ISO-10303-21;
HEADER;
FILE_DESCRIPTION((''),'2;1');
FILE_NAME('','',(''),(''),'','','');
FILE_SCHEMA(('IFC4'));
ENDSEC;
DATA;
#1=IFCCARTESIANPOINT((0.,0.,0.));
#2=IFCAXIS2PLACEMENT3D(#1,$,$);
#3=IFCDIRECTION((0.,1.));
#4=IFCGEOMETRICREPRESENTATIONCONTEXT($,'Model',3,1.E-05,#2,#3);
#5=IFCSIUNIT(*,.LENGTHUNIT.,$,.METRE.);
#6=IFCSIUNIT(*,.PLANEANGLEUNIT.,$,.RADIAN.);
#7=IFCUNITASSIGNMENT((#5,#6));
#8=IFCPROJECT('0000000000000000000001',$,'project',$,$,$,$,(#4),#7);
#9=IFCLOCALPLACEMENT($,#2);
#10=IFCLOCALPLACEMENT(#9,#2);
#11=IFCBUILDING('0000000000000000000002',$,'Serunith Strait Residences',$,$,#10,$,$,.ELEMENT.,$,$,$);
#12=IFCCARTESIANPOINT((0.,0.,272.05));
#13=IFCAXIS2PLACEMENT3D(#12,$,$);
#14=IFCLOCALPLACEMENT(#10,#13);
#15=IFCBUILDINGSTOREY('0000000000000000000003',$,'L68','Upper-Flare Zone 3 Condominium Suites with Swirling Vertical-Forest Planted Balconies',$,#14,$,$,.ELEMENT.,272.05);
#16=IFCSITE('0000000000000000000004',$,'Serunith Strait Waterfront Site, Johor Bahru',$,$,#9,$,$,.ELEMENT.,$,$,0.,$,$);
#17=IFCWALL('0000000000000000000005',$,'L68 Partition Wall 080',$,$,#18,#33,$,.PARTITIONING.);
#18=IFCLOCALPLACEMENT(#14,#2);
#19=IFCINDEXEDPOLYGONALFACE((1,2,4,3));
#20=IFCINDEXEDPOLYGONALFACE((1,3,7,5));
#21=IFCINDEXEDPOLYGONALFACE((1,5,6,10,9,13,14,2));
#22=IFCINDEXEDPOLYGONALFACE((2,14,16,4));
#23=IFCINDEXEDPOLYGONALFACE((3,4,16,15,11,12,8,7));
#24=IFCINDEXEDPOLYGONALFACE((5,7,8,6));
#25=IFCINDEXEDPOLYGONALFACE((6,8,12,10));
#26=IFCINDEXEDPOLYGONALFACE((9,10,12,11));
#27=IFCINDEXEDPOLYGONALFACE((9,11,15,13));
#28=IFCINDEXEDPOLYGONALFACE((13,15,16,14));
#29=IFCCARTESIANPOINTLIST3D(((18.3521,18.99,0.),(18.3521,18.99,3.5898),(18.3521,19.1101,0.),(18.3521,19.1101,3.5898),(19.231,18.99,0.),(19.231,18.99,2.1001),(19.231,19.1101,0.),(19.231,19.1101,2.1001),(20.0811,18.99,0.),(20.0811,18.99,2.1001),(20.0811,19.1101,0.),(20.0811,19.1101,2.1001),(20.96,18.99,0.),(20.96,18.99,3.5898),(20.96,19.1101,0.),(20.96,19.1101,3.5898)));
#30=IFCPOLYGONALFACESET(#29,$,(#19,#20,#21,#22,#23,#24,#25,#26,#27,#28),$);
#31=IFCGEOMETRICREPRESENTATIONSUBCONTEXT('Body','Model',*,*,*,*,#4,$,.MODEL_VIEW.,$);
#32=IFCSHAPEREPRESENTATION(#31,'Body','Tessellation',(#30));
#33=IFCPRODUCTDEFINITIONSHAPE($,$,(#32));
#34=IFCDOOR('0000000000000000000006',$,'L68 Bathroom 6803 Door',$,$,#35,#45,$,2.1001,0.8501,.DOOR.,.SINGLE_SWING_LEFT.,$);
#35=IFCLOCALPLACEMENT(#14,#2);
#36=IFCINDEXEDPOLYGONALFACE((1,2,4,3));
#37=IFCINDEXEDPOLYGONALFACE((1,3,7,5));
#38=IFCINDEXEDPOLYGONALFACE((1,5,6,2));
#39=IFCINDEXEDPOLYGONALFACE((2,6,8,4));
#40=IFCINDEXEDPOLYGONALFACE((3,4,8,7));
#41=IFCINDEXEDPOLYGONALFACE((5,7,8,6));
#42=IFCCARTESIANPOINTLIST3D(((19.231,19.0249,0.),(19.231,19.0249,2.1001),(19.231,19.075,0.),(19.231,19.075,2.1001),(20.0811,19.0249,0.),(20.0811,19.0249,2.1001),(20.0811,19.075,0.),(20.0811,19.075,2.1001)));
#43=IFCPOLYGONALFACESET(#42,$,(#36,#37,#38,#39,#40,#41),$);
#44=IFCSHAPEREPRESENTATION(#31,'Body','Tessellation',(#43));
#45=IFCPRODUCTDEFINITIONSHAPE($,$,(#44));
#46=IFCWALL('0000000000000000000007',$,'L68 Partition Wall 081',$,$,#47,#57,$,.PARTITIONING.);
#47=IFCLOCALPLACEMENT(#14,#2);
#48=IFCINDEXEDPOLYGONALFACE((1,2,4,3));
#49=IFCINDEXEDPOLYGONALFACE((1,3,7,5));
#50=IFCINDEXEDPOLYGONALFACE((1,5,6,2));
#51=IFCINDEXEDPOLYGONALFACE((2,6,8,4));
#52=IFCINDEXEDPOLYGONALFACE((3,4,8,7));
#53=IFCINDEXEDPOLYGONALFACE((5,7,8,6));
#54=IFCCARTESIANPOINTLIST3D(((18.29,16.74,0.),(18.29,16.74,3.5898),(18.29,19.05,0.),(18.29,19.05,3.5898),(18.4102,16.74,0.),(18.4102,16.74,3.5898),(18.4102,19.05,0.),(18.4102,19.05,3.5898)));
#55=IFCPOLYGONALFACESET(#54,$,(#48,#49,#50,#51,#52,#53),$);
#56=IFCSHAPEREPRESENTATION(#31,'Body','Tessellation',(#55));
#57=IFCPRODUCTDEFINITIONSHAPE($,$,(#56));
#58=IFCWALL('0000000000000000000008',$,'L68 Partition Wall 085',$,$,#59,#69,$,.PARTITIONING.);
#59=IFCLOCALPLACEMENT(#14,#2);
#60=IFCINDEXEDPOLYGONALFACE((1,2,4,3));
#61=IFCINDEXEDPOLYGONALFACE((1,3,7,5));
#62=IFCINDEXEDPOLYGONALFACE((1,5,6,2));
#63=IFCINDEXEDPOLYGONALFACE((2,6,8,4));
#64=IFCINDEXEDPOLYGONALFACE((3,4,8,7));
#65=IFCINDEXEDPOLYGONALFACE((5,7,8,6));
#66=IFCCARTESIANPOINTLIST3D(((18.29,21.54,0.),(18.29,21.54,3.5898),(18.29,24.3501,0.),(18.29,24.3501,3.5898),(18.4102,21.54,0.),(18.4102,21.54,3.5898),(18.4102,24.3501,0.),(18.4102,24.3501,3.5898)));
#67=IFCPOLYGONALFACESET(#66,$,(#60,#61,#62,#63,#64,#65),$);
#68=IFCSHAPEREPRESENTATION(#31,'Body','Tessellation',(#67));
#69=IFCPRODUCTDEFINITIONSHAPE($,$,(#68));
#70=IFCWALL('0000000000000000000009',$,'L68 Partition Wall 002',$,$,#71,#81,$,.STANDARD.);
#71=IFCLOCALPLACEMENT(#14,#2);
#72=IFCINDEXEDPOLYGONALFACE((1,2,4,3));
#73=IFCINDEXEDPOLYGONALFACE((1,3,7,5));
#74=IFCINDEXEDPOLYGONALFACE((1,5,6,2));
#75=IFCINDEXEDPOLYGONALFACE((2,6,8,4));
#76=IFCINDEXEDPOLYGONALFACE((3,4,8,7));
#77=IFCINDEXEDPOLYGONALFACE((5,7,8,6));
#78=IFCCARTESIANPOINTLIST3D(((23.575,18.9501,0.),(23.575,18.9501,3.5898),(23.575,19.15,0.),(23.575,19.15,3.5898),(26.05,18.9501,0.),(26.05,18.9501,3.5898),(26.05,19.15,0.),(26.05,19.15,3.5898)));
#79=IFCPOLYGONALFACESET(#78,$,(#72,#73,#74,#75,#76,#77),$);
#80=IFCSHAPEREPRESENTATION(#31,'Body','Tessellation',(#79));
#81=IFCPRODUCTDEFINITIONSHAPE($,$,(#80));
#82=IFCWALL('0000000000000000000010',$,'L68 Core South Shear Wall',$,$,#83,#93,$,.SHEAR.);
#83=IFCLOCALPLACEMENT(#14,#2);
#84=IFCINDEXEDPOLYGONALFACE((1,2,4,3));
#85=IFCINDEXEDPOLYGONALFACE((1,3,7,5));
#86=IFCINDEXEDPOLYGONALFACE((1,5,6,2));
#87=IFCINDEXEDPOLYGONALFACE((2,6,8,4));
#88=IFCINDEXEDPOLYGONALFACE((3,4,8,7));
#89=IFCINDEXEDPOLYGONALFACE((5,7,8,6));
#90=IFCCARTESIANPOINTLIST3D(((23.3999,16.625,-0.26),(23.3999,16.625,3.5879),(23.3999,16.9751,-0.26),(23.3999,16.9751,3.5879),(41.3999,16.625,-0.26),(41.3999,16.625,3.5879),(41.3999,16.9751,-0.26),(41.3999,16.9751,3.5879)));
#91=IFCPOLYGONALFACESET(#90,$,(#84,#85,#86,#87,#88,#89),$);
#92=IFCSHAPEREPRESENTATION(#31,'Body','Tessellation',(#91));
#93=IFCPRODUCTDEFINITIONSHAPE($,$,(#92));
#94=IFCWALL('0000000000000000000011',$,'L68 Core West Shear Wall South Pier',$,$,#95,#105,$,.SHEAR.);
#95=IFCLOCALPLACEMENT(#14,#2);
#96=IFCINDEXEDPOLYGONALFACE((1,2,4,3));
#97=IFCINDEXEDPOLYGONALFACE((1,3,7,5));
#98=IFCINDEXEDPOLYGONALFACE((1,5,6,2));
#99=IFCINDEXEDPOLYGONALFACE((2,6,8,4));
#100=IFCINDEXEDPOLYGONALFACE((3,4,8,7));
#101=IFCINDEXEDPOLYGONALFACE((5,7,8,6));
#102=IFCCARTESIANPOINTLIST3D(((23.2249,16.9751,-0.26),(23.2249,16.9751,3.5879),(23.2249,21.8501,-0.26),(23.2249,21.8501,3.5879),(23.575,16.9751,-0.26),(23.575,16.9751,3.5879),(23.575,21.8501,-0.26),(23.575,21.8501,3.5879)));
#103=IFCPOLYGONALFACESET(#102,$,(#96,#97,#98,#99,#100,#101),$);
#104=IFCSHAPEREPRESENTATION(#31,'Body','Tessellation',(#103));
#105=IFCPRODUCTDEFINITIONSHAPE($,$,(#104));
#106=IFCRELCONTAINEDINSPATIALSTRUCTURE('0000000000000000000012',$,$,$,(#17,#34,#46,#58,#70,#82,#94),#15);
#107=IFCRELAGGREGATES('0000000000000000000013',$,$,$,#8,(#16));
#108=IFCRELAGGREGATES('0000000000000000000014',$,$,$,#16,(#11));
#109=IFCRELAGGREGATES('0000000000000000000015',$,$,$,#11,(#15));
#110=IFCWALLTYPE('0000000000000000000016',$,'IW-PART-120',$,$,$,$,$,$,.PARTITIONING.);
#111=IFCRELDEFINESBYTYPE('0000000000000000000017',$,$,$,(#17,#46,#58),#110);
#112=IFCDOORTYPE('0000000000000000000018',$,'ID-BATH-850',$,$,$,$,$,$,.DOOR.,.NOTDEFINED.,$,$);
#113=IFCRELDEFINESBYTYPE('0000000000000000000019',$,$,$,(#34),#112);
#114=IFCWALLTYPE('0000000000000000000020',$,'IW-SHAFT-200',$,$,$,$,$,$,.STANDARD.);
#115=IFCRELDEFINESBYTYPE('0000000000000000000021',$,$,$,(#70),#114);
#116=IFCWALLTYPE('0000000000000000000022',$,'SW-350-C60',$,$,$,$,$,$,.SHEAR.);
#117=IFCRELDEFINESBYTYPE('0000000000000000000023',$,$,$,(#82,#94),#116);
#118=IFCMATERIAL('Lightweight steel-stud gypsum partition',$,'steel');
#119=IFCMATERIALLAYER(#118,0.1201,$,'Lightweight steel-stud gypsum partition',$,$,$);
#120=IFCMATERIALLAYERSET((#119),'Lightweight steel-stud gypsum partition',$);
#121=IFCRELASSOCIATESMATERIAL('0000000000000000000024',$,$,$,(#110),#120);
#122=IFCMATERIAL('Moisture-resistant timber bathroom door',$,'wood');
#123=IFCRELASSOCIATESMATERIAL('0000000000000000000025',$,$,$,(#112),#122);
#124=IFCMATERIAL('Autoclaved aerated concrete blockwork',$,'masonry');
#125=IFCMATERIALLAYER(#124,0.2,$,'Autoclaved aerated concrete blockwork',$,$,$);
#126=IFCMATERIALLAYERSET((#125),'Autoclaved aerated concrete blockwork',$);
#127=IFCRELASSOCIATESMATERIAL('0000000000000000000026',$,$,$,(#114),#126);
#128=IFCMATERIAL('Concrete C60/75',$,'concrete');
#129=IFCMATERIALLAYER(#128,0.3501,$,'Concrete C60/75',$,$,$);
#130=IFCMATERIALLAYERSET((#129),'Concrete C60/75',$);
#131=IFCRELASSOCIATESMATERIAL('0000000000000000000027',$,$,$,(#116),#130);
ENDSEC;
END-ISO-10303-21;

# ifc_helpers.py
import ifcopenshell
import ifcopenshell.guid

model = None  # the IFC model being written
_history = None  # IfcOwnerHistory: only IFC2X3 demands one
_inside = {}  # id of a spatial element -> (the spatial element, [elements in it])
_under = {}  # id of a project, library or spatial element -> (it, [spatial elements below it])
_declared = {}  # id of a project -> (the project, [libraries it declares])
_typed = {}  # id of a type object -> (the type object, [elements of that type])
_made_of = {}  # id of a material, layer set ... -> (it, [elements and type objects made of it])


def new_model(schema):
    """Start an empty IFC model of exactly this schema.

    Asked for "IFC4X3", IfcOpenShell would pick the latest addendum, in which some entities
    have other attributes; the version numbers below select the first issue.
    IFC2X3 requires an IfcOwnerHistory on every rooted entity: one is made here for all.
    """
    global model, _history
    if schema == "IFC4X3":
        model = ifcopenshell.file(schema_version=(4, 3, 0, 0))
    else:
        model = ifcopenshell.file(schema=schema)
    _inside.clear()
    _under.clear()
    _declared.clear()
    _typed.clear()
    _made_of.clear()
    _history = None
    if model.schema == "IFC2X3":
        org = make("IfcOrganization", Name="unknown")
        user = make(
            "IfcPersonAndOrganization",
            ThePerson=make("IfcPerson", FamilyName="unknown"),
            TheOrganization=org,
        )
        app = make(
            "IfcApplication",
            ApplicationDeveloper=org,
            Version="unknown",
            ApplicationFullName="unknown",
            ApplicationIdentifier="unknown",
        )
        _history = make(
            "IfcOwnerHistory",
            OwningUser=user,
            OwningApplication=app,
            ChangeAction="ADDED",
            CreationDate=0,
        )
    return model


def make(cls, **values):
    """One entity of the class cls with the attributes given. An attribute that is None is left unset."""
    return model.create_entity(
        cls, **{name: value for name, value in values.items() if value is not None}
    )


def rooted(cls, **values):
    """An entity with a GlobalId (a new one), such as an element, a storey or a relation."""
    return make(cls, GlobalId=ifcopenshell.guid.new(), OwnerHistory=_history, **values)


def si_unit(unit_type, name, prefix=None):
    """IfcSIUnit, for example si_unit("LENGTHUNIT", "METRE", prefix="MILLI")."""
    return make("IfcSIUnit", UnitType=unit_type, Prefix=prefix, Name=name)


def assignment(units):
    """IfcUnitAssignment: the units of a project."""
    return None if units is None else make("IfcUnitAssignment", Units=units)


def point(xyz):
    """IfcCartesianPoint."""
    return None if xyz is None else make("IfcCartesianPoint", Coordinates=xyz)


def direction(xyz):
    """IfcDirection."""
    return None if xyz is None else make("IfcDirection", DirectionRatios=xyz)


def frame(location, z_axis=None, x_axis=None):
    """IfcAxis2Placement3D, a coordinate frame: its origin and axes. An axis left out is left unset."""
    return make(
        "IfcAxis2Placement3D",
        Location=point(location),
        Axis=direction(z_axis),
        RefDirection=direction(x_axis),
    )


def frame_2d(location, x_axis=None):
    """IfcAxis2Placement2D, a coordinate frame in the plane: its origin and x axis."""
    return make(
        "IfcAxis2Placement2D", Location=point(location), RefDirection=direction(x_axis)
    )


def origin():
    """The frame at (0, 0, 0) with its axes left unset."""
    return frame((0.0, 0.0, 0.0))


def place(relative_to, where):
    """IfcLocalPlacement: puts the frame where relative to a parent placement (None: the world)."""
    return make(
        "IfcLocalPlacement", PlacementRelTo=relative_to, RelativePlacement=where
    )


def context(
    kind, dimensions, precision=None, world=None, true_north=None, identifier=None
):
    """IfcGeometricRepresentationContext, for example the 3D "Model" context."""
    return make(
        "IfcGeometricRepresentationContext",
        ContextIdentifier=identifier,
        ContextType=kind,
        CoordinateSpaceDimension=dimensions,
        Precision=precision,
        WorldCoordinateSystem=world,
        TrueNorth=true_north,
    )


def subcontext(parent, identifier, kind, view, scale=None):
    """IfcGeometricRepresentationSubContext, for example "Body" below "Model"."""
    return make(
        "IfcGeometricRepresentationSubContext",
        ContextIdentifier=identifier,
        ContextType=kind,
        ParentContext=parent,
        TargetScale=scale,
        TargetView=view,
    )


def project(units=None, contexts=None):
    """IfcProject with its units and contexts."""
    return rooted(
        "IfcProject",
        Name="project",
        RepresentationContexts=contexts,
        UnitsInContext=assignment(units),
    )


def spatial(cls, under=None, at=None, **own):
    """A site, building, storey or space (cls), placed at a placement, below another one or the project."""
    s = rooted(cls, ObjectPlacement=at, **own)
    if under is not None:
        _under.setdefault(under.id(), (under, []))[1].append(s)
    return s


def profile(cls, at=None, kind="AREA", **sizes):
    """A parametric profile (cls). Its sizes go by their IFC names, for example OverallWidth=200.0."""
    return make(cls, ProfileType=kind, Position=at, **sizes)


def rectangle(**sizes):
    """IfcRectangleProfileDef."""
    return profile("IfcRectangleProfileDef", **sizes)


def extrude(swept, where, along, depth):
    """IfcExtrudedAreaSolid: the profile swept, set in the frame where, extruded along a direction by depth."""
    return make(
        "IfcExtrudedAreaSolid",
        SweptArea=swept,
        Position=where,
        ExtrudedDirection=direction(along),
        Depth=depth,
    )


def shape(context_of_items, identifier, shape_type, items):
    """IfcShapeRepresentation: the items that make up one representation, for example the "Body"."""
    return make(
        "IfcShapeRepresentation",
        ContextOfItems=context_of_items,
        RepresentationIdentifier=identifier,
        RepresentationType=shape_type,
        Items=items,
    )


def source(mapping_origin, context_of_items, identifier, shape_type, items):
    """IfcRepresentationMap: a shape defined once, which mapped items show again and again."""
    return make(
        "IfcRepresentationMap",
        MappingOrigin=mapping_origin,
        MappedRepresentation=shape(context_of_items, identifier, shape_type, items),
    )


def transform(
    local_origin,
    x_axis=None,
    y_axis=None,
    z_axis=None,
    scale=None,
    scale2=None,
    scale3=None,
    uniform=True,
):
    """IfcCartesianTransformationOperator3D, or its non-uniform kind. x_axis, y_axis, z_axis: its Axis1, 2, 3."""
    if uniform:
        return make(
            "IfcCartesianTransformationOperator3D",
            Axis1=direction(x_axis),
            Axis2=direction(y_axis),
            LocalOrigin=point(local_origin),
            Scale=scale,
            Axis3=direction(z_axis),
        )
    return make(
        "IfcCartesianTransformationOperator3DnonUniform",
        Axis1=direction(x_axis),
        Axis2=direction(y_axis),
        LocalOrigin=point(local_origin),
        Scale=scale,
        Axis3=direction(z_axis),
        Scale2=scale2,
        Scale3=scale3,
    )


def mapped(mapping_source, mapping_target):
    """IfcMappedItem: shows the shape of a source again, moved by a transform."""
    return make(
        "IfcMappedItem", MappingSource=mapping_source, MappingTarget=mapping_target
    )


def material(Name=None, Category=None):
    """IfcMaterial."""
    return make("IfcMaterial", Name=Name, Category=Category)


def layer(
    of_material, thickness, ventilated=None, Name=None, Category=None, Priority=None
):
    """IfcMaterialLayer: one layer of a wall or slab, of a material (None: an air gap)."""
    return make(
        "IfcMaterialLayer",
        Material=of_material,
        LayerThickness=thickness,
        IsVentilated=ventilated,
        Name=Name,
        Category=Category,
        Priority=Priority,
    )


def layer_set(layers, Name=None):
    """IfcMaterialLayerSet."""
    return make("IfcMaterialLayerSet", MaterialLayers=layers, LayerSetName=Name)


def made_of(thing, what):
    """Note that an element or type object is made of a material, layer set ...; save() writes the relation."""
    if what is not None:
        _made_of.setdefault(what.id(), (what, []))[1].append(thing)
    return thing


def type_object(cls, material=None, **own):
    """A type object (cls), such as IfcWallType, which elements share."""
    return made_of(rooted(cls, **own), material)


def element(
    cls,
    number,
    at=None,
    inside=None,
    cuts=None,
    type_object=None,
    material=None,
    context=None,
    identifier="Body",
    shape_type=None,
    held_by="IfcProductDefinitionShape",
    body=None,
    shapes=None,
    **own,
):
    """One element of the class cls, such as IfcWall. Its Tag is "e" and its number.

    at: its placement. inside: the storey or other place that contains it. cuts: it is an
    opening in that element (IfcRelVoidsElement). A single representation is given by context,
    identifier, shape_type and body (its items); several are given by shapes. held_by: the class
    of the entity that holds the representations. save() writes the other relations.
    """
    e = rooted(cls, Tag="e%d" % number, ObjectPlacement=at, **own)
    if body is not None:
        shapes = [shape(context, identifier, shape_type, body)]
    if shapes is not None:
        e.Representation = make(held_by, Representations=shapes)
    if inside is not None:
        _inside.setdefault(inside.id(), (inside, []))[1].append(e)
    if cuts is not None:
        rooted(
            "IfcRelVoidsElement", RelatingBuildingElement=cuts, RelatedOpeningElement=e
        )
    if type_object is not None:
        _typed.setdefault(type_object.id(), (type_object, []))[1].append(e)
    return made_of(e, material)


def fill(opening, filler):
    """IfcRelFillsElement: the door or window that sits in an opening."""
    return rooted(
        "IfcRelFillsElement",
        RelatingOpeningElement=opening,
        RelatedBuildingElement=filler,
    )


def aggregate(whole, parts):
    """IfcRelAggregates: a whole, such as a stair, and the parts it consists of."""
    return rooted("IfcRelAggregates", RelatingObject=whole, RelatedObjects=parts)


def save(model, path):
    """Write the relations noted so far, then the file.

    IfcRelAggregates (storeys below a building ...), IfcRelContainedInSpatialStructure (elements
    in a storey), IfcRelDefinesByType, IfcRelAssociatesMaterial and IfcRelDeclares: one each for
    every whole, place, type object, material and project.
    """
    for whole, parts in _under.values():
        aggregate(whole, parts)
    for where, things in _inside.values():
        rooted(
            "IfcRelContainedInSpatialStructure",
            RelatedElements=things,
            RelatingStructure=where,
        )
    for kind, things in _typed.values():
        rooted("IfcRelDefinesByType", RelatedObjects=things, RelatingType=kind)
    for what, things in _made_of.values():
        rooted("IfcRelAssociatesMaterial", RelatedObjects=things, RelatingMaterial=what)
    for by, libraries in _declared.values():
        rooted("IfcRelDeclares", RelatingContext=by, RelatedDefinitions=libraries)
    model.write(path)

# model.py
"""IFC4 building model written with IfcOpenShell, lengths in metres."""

from ifc_helpers import new_model, si_unit, direction, frame, frame_2d, origin, place, context, subcontext, project, spatial, rectangle, extrude, source, transform, mapped, material, layer, layer_set, type_object, element, fill, save


model = new_model("IFC4")

# Units and contexts
model_context = context("Model", 3, precision=1e-05, world=origin(), true_north=direction((0.0, 1.0)))
body_context = subcontext(model_context, "Body", "Model", "MODEL_VIEW")
ifc_project = project(units=[si_unit("LENGTHUNIT", "METRE"), si_unit("PLANEANGLEUNIT", "RADIAN")], contexts=[model_context])

# Site, building, storey
site_placement = place(None, origin())
site = spatial("IfcSite", under=ifc_project, at=site_placement, Name="Serunith Strait Waterfront Site, Johor Bahru", CompositionType="ELEMENT", RefElevation=0.0)
building_placement = place(site_placement, origin())
building = spatial("IfcBuilding", under=site, at=building_placement, Name="Serunith Strait Residences", CompositionType="ELEMENT")
storey_placement = place(building_placement, frame((0.0, 0.0, 272.05)))
storey = spatial("IfcBuildingStorey", under=building, at=storey_placement, Name="L68", Description="Upper-Flare Zone 3 Condominium Suites with Swirling Vertical-Forest Planted Balconies", CompositionType="ELEMENT", Elevation=272.05)

# Wall, opening, door
ifc_material_1 = material(Name="Lightweight steel-stud gypsum partition", Category="steel")
ifc_layer_1 = layer(ifc_material_1, 0.1201, Name="Lightweight steel-stud gypsum partition")
ifc_layer_set_1 = layer_set([ifc_layer_1], Name="Lightweight steel-stud gypsum partition")
wall_type_1 = type_object("IfcWallType", Name="IW-PART-120", PredefinedType="PARTITIONING", material=ifc_layer_set_1)
ifc_material_2 = material(Name="Moisture-resistant timber bathroom door", Category="wood")
door_type_1 = type_object("IfcDoorType", Name="ID-BATH-850", OperationType="NOTDEFINED", PredefinedType="DOOR", material=ifc_material_2)
shared_shape_1 = source(origin(), body_context, "Body", "SweptSolid", [
    extrude(rectangle(XDim=0.8501, YDim=2.1001, at=frame_2d((0.425, 1.05))), frame((0.0, 0.0249, 0.0), z_axis=(0.0, -1.0, 0.0), x_axis=(1.0, 0.0, 0.0)), (0.0, 0.0, 1.0), 0.05),
])
wall_1_placement = place(storey_placement, frame((18.3521, 19.05, 0.0), z_axis=(0.0, 0.0, 1.0), x_axis=(1.0, 0.0, 0.0)))
wall_1 = element("IfcWall", 1, at=wall_1_placement, inside=storey, type_object=wall_type_1, Name="L68 Partition Wall 080", PredefinedType="PARTITIONING", context=body_context, shape_type="SweptSolid", body=[
    extrude(rectangle(XDim=2.6079, YDim=0.1201, at=frame_2d((1.304, 0.0))), origin(), (0.0, 0.0, 1.0), 3.5898),
])
opening_1_placement = place(wall_1_placement, frame((0.8789, 0.0, 0.0)))
opening_1 = element("IfcOpeningElement", 2, at=opening_1_placement, cuts=wall_1, PredefinedType="OPENING", context=body_context, shape_type="SweptSolid", body=[
    extrude(rectangle(XDim=0.8501, YDim=2.1001, at=frame_2d((0.425, 1.05))), frame((0.0, 0.0701, 0.0), z_axis=(0.0, -1.0, 0.0), x_axis=(1.0, 0.0, 0.0)), (0.0, 0.0, 1.0), 0.1401),
])
door_1_placement = place(opening_1_placement, origin())
door_1 = element("IfcDoor", 3, at=door_1_placement, inside=storey, type_object=door_type_1, Name="L68 Bathroom 6803 Door", OperationType="SINGLE_SWING_LEFT", OverallHeight=2.1001, OverallWidth=0.8501, PredefinedType="DOOR", context=body_context, shape_type="MappedRepresentation", body=[
    mapped(shared_shape_1, transform((0.0, 0.0, 0.0), scale=1.0)),
])
fill(opening_1, door_1)

# Walls
wall_2_placement = place(storey_placement, frame((18.3501, 16.74, 0.0), z_axis=(0.0, 0.0, 1.0), x_axis=(0.0, 1.0, 0.0)))
element("IfcWall", 4, at=wall_2_placement, inside=storey, type_object=wall_type_1, Name="L68 Partition Wall 081", PredefinedType="PARTITIONING", context=body_context, shape_type="SweptSolid", body=[
    extrude(rectangle(XDim=2.3101, YDim=0.1201, at=frame_2d((1.155, 0.0))), origin(), (0.0, 0.0, 1.0), 3.5898),
])
wall_3_placement = place(storey_placement, frame((18.3501, 21.54, 0.0), z_axis=(0.0, 0.0, 1.0), x_axis=(0.0, 1.0, 0.0)))
element("IfcWall", 5, at=wall_3_placement, inside=storey, type_object=wall_type_1, Name="L68 Partition Wall 085", PredefinedType="PARTITIONING", context=body_context, shape_type="SweptSolid", body=[
    extrude(rectangle(XDim=2.8101, YDim=0.1201, at=frame_2d((1.405, 0.0))), origin(), (0.0, 0.0, 1.0), 3.5898),
])
ifc_material_3 = material(Name="Autoclaved aerated concrete blockwork", Category="masonry")
ifc_layer_2 = layer(ifc_material_3, 0.2, Name="Autoclaved aerated concrete blockwork")
ifc_layer_set_2 = layer_set([ifc_layer_2], Name="Autoclaved aerated concrete blockwork")
wall_type_2 = type_object("IfcWallType", Name="IW-SHAFT-200", PredefinedType="STANDARD", material=ifc_layer_set_2)
wall_4_placement = place(storey_placement, frame((23.575, 19.05, 0.0), z_axis=(0.0, 0.0, 1.0), x_axis=(1.0, 0.0, 0.0)))
element("IfcWall", 6, at=wall_4_placement, inside=storey, type_object=wall_type_2, Name="L68 Partition Wall 002", PredefinedType="STANDARD", context=body_context, shape_type="SweptSolid", body=[
    extrude(rectangle(XDim=2.4751, YDim=0.2, at=frame_2d((1.2375, 0.0))), origin(), (0.0, 0.0, 1.0), 3.5898),
])

# Walls
ifc_material_4 = material(Name="Concrete C60/75", Category="concrete")
ifc_layer_3 = layer(ifc_material_4, 0.3501, Name="Concrete C60/75")
ifc_layer_set_3 = layer_set([ifc_layer_3], Name="Concrete C60/75")
wall_type_3 = type_object("IfcWallType", Name="SW-350-C60", PredefinedType="SHEAR", material=ifc_layer_set_3)
wall_5_placement = place(storey_placement, frame((23.3999, 16.8, -0.26), z_axis=(0.0, 0.0, 1.0), x_axis=(1.0, 0.0, 0.0)))
element("IfcWall", 7, at=wall_5_placement, inside=storey, type_object=wall_type_3, Name="L68 Core South Shear Wall", PredefinedType="SHEAR", context=body_context, shape_type="SweptSolid", body=[
    extrude(rectangle(XDim=18.0, YDim=0.3501, at=frame_2d((9.0, 0.0))), origin(), (0.0, 0.0, 1.0), 3.8479),
])
wall_6_placement = place(storey_placement, frame((23.3999, 16.9751, -0.26), z_axis=(0.0, 0.0, 1.0), x_axis=(0.0, 1.0, 0.0)))
element("IfcWall", 8, at=wall_6_placement, inside=storey, type_object=wall_type_3, Name="L68 Core West Shear Wall South Pier", PredefinedType="SHEAR", context=body_context, shape_type="SweptSolid", body=[
    extrude(rectangle(XDim=4.875, YDim=0.3501, at=frame_2d((2.4375, 0.0))), origin(), (0.0, 0.0, 1.0), 3.8479),
])

save(model, "model.ifc")
